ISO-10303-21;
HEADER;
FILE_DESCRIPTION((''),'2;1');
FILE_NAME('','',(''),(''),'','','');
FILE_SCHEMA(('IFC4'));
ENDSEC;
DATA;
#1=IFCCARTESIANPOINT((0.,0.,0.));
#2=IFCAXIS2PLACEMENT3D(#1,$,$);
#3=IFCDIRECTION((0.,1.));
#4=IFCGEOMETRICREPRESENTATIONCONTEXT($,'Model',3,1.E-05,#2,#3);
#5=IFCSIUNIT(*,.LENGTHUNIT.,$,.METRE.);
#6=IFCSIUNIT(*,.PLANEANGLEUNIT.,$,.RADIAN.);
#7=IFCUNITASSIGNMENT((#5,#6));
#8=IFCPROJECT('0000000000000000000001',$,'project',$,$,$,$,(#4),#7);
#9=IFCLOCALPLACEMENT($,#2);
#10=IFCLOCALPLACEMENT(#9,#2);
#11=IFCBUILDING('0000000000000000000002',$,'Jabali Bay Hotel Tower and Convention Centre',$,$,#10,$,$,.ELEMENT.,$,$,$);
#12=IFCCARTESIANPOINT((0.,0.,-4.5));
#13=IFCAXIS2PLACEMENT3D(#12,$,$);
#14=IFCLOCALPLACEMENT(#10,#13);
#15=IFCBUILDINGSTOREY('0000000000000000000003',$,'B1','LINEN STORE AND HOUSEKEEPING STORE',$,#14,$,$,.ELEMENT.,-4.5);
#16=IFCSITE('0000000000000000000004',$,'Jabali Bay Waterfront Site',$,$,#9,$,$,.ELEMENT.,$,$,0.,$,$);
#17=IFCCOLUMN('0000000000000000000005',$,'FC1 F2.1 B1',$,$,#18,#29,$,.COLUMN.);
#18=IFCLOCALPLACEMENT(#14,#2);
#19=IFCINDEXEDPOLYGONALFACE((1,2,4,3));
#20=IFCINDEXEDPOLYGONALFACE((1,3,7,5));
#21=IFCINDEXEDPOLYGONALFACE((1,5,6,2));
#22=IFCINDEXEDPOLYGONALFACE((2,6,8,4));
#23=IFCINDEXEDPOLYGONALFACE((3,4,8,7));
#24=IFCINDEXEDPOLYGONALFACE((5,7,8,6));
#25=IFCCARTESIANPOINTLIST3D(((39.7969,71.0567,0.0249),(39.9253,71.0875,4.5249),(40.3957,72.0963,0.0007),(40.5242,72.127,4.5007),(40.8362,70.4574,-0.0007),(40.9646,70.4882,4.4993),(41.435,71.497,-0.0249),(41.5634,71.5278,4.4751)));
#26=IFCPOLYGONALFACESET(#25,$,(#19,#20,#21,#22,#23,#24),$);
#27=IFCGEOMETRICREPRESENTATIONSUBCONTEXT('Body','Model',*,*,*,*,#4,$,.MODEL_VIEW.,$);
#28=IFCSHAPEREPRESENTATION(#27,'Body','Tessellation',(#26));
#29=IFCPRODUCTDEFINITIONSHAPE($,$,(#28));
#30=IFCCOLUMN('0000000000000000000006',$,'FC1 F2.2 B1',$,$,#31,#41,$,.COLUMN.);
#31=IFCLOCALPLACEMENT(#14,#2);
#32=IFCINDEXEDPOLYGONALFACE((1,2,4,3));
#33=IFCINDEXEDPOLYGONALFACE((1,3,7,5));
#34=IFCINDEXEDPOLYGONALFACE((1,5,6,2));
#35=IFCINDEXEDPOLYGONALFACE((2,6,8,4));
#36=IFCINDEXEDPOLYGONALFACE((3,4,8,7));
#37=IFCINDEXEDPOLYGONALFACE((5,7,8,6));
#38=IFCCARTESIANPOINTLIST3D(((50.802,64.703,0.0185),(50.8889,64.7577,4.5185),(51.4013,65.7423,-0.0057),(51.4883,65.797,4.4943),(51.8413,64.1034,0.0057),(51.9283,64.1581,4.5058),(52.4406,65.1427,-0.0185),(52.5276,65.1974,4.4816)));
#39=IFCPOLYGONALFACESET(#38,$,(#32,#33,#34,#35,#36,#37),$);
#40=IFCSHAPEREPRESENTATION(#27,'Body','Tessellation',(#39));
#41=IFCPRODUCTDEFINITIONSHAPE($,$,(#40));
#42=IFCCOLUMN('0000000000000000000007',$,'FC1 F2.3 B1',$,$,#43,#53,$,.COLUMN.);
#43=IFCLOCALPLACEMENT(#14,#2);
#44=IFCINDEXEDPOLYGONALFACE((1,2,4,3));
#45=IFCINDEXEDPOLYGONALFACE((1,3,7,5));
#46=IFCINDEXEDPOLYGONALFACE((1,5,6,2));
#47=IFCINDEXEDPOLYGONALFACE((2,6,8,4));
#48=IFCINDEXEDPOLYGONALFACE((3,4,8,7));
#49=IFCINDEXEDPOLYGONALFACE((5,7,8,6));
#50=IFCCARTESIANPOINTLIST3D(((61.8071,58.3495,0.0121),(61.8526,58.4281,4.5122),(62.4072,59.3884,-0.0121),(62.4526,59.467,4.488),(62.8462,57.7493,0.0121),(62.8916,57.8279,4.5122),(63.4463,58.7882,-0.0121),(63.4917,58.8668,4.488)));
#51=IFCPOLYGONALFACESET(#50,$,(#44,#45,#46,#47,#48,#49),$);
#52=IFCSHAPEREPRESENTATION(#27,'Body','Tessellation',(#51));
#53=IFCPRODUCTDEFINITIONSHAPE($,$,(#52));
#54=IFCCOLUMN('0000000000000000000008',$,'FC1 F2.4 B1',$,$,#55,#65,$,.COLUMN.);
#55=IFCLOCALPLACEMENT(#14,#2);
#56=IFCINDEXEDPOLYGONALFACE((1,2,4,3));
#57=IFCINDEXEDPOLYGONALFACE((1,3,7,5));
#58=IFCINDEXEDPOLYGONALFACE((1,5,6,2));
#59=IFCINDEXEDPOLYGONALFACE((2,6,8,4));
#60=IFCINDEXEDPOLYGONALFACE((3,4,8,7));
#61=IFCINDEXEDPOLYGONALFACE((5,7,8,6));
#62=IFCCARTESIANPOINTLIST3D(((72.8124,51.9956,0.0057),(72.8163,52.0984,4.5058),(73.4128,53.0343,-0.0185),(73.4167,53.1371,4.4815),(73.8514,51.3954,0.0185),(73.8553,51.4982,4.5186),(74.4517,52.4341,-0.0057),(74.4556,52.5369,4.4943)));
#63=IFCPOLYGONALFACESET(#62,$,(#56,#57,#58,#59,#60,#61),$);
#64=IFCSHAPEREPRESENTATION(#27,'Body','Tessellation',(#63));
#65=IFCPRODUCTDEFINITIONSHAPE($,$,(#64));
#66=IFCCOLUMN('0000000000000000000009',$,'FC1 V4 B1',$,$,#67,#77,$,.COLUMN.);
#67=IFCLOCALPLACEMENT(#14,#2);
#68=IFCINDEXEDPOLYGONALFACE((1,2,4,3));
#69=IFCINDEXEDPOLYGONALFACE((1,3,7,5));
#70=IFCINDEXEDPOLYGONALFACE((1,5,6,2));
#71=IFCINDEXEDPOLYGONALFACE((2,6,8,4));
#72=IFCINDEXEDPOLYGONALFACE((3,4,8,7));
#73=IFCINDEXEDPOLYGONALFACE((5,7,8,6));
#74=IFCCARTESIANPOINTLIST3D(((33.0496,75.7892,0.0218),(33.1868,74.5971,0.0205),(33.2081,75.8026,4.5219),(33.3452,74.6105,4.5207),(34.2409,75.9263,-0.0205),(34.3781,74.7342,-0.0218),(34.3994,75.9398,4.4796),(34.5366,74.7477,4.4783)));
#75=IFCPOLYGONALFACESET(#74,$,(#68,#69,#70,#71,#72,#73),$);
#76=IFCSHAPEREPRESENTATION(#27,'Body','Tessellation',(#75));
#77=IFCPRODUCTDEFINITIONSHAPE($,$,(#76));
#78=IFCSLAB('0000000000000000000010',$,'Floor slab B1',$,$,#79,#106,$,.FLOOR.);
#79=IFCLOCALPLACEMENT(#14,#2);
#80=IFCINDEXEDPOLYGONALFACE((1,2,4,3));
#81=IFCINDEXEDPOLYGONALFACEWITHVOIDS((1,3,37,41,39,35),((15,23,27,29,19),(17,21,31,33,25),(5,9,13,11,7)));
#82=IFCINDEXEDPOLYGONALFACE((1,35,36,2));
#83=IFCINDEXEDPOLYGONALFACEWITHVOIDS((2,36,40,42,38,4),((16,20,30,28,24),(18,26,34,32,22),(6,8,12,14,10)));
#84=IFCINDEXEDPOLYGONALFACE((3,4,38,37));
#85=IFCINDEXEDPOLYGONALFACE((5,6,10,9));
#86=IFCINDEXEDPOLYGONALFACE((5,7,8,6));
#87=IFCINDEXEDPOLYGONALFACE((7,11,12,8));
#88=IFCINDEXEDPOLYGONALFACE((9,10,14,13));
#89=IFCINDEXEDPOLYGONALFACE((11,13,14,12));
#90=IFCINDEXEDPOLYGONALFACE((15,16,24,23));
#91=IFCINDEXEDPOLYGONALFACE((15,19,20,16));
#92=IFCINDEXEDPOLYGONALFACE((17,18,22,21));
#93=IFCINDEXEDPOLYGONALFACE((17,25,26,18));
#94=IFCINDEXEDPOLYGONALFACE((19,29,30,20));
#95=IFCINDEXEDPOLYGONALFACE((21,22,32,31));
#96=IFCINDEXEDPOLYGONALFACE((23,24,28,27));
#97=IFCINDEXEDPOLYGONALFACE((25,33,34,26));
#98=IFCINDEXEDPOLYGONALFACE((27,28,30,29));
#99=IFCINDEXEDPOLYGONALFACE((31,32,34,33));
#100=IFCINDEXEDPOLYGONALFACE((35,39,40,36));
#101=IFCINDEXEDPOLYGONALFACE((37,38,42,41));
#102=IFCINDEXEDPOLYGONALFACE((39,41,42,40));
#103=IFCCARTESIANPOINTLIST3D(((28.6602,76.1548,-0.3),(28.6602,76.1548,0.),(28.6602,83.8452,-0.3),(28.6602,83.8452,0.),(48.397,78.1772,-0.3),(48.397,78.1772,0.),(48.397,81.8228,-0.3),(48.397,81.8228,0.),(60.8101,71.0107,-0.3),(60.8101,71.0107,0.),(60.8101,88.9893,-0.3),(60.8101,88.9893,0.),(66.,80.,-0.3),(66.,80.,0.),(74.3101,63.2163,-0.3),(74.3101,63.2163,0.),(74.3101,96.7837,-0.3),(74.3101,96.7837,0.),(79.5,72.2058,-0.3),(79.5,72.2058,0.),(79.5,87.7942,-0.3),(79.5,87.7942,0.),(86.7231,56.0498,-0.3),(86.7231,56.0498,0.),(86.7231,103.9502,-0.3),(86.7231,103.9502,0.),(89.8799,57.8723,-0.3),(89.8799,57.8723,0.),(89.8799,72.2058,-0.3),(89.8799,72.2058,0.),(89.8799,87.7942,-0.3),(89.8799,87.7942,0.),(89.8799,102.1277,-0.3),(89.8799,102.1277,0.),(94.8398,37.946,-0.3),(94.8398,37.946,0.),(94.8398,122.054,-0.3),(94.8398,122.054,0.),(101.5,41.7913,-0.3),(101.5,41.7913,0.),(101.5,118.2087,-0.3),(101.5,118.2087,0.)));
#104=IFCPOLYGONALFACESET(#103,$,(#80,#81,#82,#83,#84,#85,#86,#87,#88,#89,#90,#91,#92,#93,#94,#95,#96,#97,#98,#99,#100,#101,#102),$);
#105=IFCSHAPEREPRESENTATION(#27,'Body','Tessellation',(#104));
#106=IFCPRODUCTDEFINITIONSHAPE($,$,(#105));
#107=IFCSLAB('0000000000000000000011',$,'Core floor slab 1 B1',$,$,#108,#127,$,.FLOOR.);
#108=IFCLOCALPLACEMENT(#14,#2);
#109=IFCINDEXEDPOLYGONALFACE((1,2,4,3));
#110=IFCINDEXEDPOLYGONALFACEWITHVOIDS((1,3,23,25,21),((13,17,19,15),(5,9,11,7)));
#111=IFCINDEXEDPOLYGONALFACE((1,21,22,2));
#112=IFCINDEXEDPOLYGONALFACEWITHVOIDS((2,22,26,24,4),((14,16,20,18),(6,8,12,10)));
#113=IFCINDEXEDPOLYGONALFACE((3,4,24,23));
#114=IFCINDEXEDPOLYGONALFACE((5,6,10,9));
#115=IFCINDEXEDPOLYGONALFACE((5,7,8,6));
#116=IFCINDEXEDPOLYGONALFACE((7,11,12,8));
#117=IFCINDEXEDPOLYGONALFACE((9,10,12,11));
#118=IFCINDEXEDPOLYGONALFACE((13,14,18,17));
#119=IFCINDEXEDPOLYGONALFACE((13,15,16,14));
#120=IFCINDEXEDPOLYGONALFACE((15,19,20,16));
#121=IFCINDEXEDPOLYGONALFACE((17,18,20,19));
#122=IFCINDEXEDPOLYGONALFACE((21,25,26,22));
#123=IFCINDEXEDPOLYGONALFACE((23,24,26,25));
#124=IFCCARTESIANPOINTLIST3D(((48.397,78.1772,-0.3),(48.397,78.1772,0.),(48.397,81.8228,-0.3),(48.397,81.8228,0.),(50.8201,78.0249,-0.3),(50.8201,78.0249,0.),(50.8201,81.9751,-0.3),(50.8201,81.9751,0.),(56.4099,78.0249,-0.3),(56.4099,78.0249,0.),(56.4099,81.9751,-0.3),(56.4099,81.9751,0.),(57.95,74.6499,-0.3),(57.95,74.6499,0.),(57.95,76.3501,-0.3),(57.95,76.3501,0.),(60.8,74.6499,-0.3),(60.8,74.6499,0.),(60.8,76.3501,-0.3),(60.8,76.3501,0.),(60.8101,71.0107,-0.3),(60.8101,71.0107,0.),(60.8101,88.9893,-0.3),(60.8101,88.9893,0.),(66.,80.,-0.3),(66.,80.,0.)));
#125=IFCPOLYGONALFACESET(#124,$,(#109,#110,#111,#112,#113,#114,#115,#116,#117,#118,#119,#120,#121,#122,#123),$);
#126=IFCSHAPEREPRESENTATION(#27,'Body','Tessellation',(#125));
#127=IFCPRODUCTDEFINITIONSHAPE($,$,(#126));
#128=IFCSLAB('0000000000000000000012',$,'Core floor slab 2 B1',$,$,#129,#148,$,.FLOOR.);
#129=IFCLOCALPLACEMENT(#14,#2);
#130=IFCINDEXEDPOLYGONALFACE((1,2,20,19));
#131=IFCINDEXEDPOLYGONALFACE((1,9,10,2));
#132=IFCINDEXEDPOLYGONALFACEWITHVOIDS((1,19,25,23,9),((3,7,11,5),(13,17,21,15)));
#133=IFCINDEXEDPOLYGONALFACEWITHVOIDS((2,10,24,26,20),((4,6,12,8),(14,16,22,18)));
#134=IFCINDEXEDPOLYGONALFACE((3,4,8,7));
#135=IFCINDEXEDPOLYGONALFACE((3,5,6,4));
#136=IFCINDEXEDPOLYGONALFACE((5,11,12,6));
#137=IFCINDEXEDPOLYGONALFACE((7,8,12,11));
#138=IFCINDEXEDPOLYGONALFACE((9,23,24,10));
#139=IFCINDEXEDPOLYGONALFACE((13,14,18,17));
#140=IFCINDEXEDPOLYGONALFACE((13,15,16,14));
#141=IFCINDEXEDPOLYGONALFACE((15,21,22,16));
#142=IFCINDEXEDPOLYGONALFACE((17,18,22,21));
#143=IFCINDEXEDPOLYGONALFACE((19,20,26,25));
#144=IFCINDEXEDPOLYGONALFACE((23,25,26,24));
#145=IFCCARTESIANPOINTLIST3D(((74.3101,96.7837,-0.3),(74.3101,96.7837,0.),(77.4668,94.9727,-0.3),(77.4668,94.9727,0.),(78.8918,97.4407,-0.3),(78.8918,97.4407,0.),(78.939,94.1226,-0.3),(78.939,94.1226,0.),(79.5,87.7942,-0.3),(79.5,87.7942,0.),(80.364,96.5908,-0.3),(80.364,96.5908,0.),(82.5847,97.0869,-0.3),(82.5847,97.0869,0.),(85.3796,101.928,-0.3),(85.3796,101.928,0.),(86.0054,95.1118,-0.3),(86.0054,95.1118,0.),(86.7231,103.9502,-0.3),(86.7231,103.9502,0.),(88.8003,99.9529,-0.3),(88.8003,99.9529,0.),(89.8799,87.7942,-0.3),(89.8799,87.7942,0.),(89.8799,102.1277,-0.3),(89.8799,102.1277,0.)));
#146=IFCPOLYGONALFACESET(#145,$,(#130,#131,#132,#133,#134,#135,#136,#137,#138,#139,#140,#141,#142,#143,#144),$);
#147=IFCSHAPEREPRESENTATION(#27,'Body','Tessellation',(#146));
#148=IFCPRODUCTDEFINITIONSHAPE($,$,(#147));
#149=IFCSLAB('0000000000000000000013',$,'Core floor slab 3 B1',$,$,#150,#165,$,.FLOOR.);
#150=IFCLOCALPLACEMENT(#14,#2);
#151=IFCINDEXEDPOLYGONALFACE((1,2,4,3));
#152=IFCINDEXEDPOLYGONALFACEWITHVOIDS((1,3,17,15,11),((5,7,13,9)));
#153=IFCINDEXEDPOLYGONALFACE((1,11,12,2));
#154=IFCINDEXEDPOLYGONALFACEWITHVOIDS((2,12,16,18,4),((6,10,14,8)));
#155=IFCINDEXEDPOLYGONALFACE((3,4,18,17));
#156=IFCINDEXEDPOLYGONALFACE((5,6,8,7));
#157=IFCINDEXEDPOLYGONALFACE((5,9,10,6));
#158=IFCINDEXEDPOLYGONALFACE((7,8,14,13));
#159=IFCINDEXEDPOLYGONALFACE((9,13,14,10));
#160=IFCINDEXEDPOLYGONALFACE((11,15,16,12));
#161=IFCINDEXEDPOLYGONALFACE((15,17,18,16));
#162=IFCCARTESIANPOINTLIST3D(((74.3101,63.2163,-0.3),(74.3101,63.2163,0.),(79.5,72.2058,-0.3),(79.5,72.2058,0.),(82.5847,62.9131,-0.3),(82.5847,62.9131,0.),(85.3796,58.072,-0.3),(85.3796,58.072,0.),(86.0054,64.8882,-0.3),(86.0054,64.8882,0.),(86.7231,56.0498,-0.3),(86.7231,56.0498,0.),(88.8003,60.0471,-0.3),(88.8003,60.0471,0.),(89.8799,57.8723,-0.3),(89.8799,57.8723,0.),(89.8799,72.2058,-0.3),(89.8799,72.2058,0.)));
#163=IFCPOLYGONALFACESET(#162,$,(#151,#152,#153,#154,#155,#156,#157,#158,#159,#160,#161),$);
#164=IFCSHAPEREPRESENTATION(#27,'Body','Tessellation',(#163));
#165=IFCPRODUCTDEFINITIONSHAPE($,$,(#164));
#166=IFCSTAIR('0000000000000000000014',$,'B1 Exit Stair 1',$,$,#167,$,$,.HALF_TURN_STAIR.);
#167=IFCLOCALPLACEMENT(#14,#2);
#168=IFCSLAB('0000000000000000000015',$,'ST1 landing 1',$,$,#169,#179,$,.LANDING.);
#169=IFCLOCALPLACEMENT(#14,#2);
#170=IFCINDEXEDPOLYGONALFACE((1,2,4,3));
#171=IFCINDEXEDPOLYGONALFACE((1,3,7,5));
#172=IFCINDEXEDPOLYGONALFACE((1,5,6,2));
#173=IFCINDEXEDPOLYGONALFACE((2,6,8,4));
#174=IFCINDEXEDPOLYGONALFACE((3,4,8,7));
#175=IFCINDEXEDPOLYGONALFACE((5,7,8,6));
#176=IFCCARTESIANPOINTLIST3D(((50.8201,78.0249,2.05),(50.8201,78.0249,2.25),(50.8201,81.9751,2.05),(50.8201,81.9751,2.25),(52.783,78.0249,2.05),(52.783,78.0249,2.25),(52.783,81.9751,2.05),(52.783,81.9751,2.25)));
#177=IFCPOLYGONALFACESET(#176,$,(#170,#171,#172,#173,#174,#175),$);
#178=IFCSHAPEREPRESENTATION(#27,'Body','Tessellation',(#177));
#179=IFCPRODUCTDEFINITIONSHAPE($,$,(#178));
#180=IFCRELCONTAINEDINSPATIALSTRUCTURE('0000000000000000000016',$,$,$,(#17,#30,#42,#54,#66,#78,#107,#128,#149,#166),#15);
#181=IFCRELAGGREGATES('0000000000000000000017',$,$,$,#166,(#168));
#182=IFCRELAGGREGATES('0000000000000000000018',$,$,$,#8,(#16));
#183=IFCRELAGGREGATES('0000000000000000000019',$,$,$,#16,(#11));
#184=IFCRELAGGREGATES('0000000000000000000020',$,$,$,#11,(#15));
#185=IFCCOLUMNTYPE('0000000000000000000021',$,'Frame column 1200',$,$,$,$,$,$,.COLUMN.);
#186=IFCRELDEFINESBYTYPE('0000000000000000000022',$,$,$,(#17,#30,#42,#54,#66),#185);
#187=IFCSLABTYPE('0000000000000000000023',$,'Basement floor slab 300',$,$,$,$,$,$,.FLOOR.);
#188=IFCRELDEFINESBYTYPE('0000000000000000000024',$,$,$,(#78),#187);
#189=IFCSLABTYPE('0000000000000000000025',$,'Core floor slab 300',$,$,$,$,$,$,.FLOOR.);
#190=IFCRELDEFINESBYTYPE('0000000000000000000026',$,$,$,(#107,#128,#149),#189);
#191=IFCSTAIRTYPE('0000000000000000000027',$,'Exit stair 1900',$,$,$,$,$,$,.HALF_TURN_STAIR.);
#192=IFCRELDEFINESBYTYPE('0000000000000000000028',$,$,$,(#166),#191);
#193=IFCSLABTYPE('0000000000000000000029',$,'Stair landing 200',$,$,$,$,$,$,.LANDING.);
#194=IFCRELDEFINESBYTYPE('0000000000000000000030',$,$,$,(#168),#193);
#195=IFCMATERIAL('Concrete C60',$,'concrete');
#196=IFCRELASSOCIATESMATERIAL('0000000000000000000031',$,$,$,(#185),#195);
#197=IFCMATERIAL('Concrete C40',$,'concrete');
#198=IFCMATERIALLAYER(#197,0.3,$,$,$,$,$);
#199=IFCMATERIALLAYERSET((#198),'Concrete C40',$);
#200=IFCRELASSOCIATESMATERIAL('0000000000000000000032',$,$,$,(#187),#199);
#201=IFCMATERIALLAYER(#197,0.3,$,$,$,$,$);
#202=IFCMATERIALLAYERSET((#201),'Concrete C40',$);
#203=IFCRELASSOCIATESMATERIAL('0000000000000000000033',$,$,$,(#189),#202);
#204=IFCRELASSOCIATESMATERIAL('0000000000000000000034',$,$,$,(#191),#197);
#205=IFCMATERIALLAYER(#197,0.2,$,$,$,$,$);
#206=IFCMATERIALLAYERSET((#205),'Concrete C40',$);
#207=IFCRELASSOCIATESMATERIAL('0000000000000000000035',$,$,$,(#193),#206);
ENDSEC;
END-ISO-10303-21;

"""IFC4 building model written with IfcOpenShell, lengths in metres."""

from ifc_helpers import new_model, si_unit, direction, frame, origin, origin_2d, place, context, subcontext, project, spatial, polyline, rectangle, outline, extrude, material, layer, layer_set, material_profile, profile_set, type_object, element, aggregate, save


model = new_model("IFC4")

# Units and contexts
model_context = context("Model", 3, precision=1e-05, world=origin(), true_north=direction((0.0, 1.0)))
body_context = subcontext(model_context, "Body", "Model", "MODEL_VIEW")
ifc_project = project(units=[si_unit("LENGTHUNIT", "METRE"), si_unit("PLANEANGLEUNIT", "RADIAN")], contexts=[model_context])

# Site, building, storey
site_placement = place(None, origin())
site = spatial("IfcSite", under=ifc_project, at=site_placement, Name="Jabali Bay Waterfront Site", CompositionType="ELEMENT", RefElevation=0.0)
building_placement = place(site_placement, origin())
building = spatial("IfcBuilding", under=site, at=building_placement, Name="Jabali Bay Hotel Tower and Convention Centre", CompositionType="ELEMENT")
storey_placement = place(building_placement, frame((0.0, 0.0, -4.5)))
storey = spatial("IfcBuildingStorey", under=building, at=storey_placement, Name="B1", Description="LINEN STORE AND HOUSEKEEPING STORE", CompositionType="ELEMENT", Elevation=-4.5)

# Columns
ifc_material_1 = material(Name="Concrete C60", Category="concrete")
ifc_material_profile = material_profile(ifc_material_1, rectangle(XDim=1.2, YDim=1.2, at=origin_2d()), Name="Frame column 1200")
ifc_profile_set = profile_set([ifc_material_profile], Name="Concrete C60")
column_type = type_object("IfcColumnType", Name="Frame column 1200", PredefinedType="COLUMN", material=ifc_profile_set)
column_1_placement = place(storey_placement, frame((40.616, 71.2769, 0.0), z_axis=(0.028525, 0.006833, 0.99957), x_axis=(-0.866111, 0.499398, 0.021303)))
element("IfcColumn", 1, at=column_1_placement, inside=storey, type_object=column_type, Name="FC1 F2.1 B1", PredefinedType="COLUMN", context=body_context, shape_type="SweptSolid", body=[
    extrude(rectangle(XDim=1.2, YDim=1.2, at=origin_2d()), origin(), (0.0, 0.0, 1.0), 4.502),
])
column_2_placement = place(storey_placement, frame((51.6213, 64.9229, 0.0), z_axis=(0.019309, 0.01215, 0.99974), x_axis=(-0.86613, 0.499705, 0.010656)))
element("IfcColumn", 2, at=column_2_placement, inside=storey, type_object=column_type, Name="FC1 F2.2 B1", PredefinedType="COLUMN", context=body_context, shape_type="SweptSolid", body=[
    extrude(rectangle(XDim=1.2, YDim=1.2, at=origin_2d()), origin(), (0.0, 0.0, 1.0), 4.5012),
])
column_3_placement = place(storey_placement, frame((62.6267, 58.5688, 0.0), z_axis=(0.010089, 0.017466, 0.999797), x_axis=(-0.500089, -0.865739, 0.020171)))
element("IfcColumn", 3, at=column_3_placement, inside=storey, type_object=column_type, Name="FC1 F2.3 B1", PredefinedType="COLUMN", context=body_context, shape_type="SweptSolid", body=[
    extrude(rectangle(XDim=1.2, YDim=1.2, at=origin_2d()), origin(), (0.0, 0.0, 1.0), 4.501),
])
column_4_placement = place(storey_placement, frame((73.6321, 52.2148, 0.0), z_axis=(0.000868, 0.022835, 0.999739), x_axis=(-0.500321, -0.865604, 0.020205)))
element("IfcColumn", 4, at=column_4_placement, inside=storey, type_object=column_type, Name="FC1 F2.4 B1", PredefinedType="COLUMN", context=body_context, shape_type="SweptSolid", body=[
    extrude(rectangle(XDim=1.2, YDim=1.2, at=origin_2d()), origin(), (0.0, 0.0, 1.0), 4.5012),
])
column_5_placement = place(storey_placement, frame((33.7139, 75.2617, 0.0), z_axis=(0.035189, 0.002982, 0.999376), x_axis=(-0.114316, 0.993444, 0.001061)))
element("IfcColumn", 5, at=column_5_placement, inside=storey, type_object=column_type, Name="FC1 V4 B1", PredefinedType="COLUMN", context=body_context, shape_type="SweptSolid", body=[
    extrude(rectangle(XDim=1.2, YDim=1.2, at=origin_2d()), origin(), (0.0, 0.0, 1.0), 4.5029),
])

# Slabs
ifc_material_2 = material(Name="Concrete C40", Category="concrete")
ifc_layer_1 = layer(ifc_material_2, 0.3)
ifc_layer_set_1 = layer_set([ifc_layer_1], Name="Concrete C40")
slab_type_1 = type_object("IfcSlabType", Name="Basement floor slab 300", PredefinedType="FLOOR", material=ifc_layer_set_1)
slab_1_placement = place(storey_placement, frame((0.0, 0.0, -0.3)))
element("IfcSlab", 6, at=slab_1_placement, inside=storey, type_object=slab_type_1, Name="Floor slab B1", PredefinedType="FLOOR", context=body_context, shape_type="SweptSolid", body=[
    extrude(outline(polyline([(28.6602, 83.8452), (94.8398, 122.054), (101.5, 118.2087), (101.5, 41.7913), (94.8398, 37.946), (28.6602, 76.1548), (28.6602, 83.8452)]), holes=[polyline([(48.397, 78.1772), (60.8101, 71.0107), (66.0, 80.0), (60.8101, 88.9893), (48.397, 81.8228), (48.397, 78.1772)]), polyline([(89.8799, 102.1277), (86.7231, 103.9502), (74.3101, 96.7837), (79.5, 87.7942), (89.8799, 87.7942), (89.8799, 102.1277)]), polyline([(74.3101, 63.2163), (86.7231, 56.0498), (89.8799, 57.8723), (89.8799, 72.2058), (79.5, 72.2058), (74.3101, 63.2163)])]), origin(), (0.0, 0.0, 1.0), 0.3),
])
ifc_layer_2 = layer(ifc_material_2, 0.3)
ifc_layer_set_2 = layer_set([ifc_layer_2], Name="Concrete C40")
slab_type_2 = type_object("IfcSlabType", Name="Core floor slab 300", PredefinedType="FLOOR", material=ifc_layer_set_2)
slab_2_placement = place(storey_placement, frame((0.0, 0.0, -0.3)))
element("IfcSlab", 7, at=slab_2_placement, inside=storey, type_object=slab_type_2, Name="Core floor slab 1 B1", PredefinedType="FLOOR", context=body_context, shape_type="SweptSolid", body=[
    extrude(outline(polyline([(66.0, 80.0), (60.8101, 88.9893), (48.397, 81.8228), (48.397, 78.1772), (60.8101, 71.0107), (66.0, 80.0)]), holes=[polyline([(60.8, 76.3501), (57.95, 76.3501), (57.95, 74.6499), (60.8, 74.6499), (60.8, 76.3501)]), polyline([(50.8201, 81.9751), (50.8201, 78.0249), (56.4099, 78.0249), (56.4099, 81.9751), (50.8201, 81.9751)])]), origin(), (0.0, 0.0, 1.0), 0.3),
])
slab_3_placement = place(storey_placement, frame((0.0, 0.0, -0.3)))
element("IfcSlab", 8, at=slab_3_placement, inside=storey, type_object=slab_type_2, Name="Core floor slab 2 B1", PredefinedType="FLOOR", context=body_context, shape_type="SweptSolid", body=[
    extrude(outline(polyline([(79.5, 87.7942), (89.8799, 87.7942), (89.8799, 102.1277), (86.7231, 103.9502), (74.3101, 96.7837), (79.5, 87.7942)]), holes=[polyline([(78.939, 94.1226), (80.364, 96.5908), (78.8918, 97.4407), (77.4668, 94.9727), (78.939, 94.1226)]), polyline([(88.8003, 99.9529), (85.3796, 101.928), (82.5847, 97.0869), (86.0054, 95.1118), (88.8003, 99.9529)])]), origin(), (0.0, 0.0, 1.0), 0.3),
])
slab_4_placement = place(storey_placement, frame((0.0, 0.0, -0.3)))
element("IfcSlab", 9, at=slab_4_placement, inside=storey, type_object=slab_type_2, Name="Core floor slab 3 B1", PredefinedType="FLOOR", context=body_context, shape_type="SweptSolid", body=[
    extrude(outline(polyline([(79.5, 72.2058), (74.3101, 63.2163), (86.7231, 56.0498), (89.8799, 57.8723), (89.8799, 72.2058), (79.5, 72.2058)]), holes=[polyline([(88.8003, 60.0471), (86.0054, 64.8882), (82.5847, 62.9131), (85.3796, 58.072), (88.8003, 60.0471)])]), origin(), (0.0, 0.0, 1.0), 0.3),
])

# Stair, slab
stair_type = type_object("IfcStairType", Name="Exit stair 1900", PredefinedType="HALF_TURN_STAIR", material=ifc_material_2)
stair_1_placement = place(storey_placement, origin())
stair_1 = element("IfcStair", 10, at=stair_1_placement, inside=storey, type_object=stair_type, Name="B1 Exit Stair 1", PredefinedType="HALF_TURN_STAIR")
ifc_layer_3 = layer(ifc_material_2, 0.2)
ifc_layer_set_3 = layer_set([ifc_layer_3], Name="Concrete C40")
slab_type_3 = type_object("IfcSlabType", Name="Stair landing 200", PredefinedType="LANDING", material=ifc_layer_set_3)
slab_5_placement = place(storey_placement, frame((0.0, 0.0, 2.05)))
slab_5 = element("IfcSlab", 11, at=slab_5_placement, type_object=slab_type_3, Name="ST1 landing 1", PredefinedType="LANDING", context=body_context, shape_type="SweptSolid", body=[
    extrude(outline(polyline([(52.783, 81.9751), (50.8201, 81.9751), (50.8201, 78.0249), (52.783, 78.0249), (52.783, 81.9751)])), origin(), (0.0, 0.0, 1.0), 0.2),
])

aggregate(stair_1, [slab_5])

save(model, "model.ifc")
